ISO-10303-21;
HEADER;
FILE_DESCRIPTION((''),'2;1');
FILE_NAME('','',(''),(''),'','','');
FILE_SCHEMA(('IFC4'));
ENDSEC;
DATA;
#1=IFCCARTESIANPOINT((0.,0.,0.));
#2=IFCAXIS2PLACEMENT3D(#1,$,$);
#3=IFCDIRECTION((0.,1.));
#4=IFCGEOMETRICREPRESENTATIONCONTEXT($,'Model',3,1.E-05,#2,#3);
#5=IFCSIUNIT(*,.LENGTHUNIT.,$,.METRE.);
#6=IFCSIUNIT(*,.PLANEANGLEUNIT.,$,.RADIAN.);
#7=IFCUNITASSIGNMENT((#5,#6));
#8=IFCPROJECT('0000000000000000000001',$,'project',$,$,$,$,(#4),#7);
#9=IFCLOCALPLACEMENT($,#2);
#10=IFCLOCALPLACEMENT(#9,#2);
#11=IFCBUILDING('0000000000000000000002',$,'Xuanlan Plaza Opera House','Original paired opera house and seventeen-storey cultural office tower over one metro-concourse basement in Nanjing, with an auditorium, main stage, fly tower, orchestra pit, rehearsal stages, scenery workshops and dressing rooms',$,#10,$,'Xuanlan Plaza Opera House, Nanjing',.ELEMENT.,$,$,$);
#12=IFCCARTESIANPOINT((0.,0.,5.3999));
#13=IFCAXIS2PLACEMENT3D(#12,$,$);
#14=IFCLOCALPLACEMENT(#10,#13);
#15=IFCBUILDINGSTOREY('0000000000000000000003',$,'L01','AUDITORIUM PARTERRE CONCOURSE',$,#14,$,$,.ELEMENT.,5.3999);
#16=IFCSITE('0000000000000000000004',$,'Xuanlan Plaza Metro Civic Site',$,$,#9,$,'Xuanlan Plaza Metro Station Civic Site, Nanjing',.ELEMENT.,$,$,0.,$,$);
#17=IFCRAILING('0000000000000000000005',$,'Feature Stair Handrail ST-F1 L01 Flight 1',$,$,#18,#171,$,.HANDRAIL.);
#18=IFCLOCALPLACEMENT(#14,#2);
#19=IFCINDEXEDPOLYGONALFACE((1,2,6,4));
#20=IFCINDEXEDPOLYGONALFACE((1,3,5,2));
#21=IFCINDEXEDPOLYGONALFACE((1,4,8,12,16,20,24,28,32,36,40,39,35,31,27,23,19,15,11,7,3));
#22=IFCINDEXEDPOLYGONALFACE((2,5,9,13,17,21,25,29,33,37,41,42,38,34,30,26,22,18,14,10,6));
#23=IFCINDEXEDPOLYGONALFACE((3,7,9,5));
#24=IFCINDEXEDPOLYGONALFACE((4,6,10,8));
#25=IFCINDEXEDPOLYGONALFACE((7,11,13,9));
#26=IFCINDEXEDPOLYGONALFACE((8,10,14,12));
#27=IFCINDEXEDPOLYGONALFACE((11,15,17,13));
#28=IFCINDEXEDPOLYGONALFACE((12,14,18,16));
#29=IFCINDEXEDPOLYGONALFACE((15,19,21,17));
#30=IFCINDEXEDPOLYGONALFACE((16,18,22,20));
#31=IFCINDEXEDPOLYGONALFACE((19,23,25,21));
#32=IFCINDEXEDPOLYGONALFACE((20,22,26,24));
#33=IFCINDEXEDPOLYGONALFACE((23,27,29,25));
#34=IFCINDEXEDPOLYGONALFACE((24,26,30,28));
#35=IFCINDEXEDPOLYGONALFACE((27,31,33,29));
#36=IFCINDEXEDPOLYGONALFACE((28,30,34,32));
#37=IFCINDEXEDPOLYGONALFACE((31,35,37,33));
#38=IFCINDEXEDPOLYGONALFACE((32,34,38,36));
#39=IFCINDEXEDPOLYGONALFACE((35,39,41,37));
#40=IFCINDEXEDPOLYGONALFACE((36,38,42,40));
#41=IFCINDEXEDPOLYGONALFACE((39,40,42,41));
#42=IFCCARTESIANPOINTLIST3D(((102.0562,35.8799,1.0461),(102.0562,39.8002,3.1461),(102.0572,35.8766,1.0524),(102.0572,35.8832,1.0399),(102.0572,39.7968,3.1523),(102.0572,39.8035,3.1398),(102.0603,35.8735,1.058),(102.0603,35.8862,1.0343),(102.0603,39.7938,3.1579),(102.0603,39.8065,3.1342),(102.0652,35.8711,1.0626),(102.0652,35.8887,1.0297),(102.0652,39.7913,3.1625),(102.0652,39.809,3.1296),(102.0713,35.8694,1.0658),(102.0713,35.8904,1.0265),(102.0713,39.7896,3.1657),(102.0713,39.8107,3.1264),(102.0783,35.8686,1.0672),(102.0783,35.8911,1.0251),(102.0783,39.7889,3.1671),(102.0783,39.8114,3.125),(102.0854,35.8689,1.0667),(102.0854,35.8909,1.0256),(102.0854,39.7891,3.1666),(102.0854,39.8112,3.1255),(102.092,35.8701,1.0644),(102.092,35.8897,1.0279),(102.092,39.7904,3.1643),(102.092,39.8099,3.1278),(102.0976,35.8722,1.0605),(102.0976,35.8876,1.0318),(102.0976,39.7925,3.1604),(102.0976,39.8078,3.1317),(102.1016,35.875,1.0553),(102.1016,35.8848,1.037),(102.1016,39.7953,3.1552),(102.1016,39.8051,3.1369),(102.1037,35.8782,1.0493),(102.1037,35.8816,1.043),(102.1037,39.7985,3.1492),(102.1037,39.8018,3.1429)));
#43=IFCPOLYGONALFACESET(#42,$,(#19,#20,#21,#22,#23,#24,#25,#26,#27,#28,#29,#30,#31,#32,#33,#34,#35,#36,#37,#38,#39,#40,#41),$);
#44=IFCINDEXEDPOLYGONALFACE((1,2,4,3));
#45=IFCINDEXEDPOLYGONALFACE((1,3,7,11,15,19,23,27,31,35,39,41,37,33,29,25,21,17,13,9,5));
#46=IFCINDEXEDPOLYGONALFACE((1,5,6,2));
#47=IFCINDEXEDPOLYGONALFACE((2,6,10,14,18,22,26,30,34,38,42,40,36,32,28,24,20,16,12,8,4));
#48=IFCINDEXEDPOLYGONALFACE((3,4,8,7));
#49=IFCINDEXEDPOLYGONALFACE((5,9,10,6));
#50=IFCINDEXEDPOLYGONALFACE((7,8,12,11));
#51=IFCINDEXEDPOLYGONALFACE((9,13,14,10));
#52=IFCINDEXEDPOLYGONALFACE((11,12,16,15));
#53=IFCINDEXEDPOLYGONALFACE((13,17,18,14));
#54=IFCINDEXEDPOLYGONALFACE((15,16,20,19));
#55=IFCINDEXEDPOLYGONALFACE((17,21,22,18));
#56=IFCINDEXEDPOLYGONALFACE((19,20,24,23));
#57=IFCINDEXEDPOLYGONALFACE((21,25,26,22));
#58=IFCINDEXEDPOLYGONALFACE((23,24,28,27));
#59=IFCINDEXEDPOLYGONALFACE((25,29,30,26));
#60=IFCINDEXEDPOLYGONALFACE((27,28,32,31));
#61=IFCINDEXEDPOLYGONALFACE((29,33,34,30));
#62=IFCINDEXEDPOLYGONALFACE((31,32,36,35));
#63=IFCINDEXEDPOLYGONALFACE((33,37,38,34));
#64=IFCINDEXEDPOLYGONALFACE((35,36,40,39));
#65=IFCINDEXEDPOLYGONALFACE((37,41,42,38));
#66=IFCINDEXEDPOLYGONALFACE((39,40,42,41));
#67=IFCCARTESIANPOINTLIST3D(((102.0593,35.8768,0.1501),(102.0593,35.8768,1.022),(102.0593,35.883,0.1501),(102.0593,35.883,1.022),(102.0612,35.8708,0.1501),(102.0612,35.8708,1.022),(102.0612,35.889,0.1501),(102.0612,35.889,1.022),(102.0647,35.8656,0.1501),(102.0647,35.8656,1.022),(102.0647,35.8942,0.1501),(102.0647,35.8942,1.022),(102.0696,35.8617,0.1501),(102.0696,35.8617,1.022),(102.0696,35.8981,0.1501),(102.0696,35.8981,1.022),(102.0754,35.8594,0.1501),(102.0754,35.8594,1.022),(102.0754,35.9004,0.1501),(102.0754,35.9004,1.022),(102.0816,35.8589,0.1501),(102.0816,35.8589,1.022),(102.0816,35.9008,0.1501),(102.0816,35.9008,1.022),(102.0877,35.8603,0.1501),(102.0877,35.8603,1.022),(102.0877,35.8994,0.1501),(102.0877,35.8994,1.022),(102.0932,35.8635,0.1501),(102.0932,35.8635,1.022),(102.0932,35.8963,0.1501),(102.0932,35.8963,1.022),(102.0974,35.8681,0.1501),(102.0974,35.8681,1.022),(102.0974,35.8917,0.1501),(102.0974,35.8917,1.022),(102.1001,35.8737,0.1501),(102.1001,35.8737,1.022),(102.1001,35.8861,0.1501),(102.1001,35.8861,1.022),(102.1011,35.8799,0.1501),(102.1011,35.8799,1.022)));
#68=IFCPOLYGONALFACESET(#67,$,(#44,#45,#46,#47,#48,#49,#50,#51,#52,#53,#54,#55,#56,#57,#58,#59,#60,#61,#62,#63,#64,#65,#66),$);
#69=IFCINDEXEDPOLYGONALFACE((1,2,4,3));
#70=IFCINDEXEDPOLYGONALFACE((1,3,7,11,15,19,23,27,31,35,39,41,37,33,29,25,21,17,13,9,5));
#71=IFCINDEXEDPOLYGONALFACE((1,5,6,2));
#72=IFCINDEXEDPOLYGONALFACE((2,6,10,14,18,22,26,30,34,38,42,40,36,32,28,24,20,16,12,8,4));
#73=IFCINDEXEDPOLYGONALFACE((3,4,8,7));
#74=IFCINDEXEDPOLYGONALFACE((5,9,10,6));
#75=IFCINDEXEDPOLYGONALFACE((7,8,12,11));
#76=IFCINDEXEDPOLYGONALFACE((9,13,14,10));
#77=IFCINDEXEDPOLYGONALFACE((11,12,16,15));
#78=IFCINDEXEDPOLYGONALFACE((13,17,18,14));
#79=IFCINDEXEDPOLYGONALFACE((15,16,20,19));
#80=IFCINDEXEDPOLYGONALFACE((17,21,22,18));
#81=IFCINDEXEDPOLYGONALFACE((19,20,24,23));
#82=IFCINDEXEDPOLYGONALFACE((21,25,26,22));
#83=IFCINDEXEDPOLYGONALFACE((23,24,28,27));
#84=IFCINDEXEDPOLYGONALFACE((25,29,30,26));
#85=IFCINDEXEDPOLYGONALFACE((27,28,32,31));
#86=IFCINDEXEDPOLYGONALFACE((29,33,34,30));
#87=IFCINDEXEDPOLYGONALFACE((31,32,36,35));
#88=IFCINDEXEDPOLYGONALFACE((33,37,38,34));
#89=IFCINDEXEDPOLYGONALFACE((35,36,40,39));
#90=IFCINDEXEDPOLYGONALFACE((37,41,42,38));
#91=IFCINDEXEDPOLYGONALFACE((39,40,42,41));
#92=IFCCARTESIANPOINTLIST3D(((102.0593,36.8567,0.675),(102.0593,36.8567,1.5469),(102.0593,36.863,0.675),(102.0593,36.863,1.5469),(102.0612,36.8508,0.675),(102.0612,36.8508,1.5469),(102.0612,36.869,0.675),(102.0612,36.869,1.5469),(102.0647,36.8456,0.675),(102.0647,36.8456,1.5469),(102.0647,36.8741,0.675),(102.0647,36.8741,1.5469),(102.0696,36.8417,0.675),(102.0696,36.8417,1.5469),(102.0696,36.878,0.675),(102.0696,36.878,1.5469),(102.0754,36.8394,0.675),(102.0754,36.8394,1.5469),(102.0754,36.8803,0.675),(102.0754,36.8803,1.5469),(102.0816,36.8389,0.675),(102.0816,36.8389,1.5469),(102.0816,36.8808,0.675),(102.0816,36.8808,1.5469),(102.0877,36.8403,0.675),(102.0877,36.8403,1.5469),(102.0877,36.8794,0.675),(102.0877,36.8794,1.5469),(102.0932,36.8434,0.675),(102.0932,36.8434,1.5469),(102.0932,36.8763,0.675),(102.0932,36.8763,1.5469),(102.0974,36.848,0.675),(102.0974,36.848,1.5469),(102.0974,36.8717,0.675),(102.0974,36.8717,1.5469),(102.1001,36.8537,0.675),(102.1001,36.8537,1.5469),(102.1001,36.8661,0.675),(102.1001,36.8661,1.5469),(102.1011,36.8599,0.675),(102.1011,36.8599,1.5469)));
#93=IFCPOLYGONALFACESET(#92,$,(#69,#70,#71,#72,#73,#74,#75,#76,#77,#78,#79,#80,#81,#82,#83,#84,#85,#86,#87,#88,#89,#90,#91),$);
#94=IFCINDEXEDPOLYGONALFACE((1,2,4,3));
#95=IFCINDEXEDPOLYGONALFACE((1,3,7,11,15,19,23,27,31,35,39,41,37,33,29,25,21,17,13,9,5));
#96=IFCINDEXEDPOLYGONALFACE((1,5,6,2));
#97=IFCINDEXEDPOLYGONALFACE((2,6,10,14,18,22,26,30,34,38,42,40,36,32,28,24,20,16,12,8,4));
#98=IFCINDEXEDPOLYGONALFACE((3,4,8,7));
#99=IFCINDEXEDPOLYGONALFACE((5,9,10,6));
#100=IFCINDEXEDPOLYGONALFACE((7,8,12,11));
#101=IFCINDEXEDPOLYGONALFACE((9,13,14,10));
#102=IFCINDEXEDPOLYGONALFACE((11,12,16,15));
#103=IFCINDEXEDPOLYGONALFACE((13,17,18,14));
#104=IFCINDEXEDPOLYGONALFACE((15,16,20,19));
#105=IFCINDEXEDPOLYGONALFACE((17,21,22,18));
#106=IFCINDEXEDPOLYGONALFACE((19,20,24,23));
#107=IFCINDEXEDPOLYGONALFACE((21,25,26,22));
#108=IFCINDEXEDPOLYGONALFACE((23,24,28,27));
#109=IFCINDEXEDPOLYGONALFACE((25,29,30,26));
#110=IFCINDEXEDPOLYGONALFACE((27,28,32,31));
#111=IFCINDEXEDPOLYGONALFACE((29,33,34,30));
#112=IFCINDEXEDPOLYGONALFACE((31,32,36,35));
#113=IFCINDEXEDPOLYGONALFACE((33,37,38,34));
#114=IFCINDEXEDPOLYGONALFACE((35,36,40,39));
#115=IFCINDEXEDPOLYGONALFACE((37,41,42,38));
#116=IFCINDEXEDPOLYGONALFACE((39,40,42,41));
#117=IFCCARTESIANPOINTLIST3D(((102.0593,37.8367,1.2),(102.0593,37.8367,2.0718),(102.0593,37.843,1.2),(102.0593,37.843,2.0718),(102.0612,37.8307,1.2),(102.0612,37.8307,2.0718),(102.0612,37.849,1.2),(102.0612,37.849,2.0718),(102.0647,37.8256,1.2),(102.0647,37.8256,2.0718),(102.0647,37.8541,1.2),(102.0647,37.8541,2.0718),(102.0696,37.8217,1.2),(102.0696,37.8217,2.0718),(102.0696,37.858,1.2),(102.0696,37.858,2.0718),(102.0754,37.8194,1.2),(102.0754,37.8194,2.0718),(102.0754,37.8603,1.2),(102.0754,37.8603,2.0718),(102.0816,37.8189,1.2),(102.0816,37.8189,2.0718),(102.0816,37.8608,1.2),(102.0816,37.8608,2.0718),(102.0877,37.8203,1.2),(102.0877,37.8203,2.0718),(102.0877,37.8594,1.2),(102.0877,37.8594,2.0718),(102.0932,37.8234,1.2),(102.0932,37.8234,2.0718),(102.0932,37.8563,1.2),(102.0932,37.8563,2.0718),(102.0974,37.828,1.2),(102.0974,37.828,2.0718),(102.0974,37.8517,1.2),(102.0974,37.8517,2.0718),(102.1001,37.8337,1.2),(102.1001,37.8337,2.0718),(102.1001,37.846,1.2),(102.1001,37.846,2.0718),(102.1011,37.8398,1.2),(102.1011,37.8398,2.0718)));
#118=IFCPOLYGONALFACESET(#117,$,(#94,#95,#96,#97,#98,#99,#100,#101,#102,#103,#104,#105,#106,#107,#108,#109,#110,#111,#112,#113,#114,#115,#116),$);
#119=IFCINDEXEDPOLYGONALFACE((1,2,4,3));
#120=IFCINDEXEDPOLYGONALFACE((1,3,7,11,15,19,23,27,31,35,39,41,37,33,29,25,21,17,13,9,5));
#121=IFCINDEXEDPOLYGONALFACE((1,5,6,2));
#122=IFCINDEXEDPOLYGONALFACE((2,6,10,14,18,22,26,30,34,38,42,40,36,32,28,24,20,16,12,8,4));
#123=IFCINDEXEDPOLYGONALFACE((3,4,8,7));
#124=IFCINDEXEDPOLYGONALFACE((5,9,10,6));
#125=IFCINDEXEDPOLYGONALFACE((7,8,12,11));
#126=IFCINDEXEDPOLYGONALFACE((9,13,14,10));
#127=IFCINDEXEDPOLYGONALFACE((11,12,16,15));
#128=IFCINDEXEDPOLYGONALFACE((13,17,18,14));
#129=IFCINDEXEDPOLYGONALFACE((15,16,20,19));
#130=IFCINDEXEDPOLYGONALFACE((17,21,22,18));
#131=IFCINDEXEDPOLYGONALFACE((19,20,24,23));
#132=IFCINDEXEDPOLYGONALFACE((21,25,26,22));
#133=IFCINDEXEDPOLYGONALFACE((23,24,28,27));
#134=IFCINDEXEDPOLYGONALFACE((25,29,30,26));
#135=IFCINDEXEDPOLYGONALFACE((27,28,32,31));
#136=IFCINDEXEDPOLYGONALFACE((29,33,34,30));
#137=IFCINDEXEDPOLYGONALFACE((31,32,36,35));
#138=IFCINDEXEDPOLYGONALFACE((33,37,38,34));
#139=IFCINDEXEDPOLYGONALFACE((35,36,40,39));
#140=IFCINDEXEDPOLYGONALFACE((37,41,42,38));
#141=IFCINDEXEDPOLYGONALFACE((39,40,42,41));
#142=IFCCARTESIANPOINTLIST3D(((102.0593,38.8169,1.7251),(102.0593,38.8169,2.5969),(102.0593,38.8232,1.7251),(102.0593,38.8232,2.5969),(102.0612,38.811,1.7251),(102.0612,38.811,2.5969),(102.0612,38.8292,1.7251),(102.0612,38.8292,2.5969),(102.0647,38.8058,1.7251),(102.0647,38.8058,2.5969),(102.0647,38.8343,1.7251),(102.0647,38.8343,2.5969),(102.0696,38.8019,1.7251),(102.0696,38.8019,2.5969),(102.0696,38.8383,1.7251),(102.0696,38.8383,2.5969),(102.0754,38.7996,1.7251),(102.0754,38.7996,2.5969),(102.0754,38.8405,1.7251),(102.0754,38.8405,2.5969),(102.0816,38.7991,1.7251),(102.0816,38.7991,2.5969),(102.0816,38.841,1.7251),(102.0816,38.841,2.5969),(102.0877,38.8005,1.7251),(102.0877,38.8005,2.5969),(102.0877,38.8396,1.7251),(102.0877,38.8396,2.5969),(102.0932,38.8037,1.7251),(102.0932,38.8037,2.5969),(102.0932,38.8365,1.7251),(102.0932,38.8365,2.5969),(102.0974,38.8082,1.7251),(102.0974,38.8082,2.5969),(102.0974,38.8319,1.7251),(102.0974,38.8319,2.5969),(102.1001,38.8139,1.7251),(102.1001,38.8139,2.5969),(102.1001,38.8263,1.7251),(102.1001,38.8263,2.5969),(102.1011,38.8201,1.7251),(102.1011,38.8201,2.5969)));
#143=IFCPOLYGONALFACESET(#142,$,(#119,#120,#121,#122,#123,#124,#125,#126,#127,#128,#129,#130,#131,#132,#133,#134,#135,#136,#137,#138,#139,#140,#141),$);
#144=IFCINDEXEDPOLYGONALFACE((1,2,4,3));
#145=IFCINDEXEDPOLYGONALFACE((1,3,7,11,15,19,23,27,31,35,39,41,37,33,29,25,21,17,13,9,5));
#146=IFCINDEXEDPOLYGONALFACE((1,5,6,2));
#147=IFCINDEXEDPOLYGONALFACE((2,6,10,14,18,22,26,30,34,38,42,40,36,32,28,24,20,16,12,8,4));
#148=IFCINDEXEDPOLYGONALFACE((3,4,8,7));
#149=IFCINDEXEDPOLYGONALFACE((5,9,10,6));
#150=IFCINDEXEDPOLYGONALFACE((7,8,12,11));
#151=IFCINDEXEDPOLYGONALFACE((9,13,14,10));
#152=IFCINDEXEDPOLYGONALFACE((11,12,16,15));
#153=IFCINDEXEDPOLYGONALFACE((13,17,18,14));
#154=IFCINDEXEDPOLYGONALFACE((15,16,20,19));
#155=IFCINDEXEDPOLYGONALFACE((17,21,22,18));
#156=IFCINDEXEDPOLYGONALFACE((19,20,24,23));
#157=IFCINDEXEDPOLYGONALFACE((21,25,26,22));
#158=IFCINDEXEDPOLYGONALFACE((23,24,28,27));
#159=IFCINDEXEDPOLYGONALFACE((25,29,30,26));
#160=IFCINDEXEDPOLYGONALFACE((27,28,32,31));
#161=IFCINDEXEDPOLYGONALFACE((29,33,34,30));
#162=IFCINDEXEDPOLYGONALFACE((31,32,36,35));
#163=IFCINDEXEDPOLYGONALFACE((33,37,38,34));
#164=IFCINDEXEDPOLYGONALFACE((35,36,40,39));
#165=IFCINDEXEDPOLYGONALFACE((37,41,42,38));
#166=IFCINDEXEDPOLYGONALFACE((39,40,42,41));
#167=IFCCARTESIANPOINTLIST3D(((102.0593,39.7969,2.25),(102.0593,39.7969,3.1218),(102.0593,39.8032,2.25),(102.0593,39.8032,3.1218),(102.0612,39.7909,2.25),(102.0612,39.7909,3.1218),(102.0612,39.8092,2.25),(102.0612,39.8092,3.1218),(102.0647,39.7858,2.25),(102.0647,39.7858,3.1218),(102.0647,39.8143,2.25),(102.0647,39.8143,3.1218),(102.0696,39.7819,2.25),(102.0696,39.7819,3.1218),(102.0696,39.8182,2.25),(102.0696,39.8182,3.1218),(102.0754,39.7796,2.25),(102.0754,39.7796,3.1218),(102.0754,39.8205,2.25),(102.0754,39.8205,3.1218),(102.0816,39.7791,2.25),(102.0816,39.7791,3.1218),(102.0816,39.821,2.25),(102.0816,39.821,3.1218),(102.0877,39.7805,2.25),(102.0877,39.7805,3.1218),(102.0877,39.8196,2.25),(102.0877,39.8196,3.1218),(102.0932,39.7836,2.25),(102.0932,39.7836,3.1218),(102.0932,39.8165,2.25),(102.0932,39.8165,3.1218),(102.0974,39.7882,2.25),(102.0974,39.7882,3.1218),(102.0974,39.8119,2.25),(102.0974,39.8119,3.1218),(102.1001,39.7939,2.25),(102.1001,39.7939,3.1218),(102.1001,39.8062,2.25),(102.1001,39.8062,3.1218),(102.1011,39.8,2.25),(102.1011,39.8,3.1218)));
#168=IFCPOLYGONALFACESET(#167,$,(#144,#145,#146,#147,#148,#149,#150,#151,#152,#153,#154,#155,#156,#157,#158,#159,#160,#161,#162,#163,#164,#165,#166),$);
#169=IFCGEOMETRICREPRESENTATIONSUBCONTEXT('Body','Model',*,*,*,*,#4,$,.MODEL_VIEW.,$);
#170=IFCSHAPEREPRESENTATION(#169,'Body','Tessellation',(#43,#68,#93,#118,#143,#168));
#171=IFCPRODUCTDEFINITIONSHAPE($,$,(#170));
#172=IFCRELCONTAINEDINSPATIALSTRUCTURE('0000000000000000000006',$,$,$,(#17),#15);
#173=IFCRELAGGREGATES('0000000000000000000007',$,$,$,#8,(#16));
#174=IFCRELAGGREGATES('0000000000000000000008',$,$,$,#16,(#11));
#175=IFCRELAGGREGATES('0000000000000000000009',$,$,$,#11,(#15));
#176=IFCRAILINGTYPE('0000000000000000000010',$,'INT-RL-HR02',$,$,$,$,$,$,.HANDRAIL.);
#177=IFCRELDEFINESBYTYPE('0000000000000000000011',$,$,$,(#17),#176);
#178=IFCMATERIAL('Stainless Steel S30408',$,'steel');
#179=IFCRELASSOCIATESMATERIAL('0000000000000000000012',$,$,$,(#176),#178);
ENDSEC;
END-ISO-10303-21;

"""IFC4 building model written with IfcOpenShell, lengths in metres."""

from ifc_helpers import new_model, si_unit, direction, frame, origin, origin_2d, place, context, subcontext, project, spatial, circle, extrude, material, type_object, element, save


model = new_model("IFC4")

# Units and contexts
model_context = context("Model", 3, precision=1e-05, world=origin(), true_north=direction((0.0, 1.0)))
body_context = subcontext(model_context, "Body", "Model", "MODEL_VIEW")
ifc_project = project(units=[si_unit("LENGTHUNIT", "METRE"), si_unit("PLANEANGLEUNIT", "RADIAN")], contexts=[model_context])

# Site, building, storey
site_placement = place(None, origin())
site = spatial("IfcSite", under=ifc_project, at=site_placement, Name="Xuanlan Plaza Metro Civic Site", LongName="Xuanlan Plaza Metro Station Civic Site, Nanjing", CompositionType="ELEMENT", RefElevation=0.0)
building_placement = place(site_placement, origin())
building = spatial("IfcBuilding", under=site, at=building_placement, Name="Xuanlan Plaza Opera House", Description="Original paired opera house and seventeen-storey cultural office tower over one metro-concourse basement in Nanjing, with an auditorium, main stage, fly tower, orchestra pit, rehearsal stages, scenery workshops and dressing rooms", LongName="Xuanlan Plaza Opera House, Nanjing", CompositionType="ELEMENT")
storey_placement = place(building_placement, frame((0.0, 0.0, 5.3999)))
storey = spatial("IfcBuildingStorey", under=building, at=storey_placement, Name="L01", Description="AUDITORIUM PARTERRE CONCOURSE", CompositionType="ELEMENT", Elevation=5.3999)

# Shared definitions
ifc_material_1 = material(Name="Stainless Steel S30408", Category="steel")

# Railing
railing_type_1 = type_object("IfcRailingType", Name="INT-RL-HR02", PredefinedType="HANDRAIL", material=ifc_material_1)
railing_1_placement = place(storey_placement, frame((102.0801, 35.8799, 0.1501)))
element("IfcRailing", 1, at=railing_1_placement, inside=storey, type_object=railing_type_1, Name="Feature Stair Handrail ST-F1 L01 Flight 1", PredefinedType="HANDRAIL", context=body_context, shape_type="SweptSolid", body=[
    extrude(circle(Radius=0.0239, at=origin_2d()), frame((0.0, 0.0, 0.896), z_axis=(0.0, 0.881502, 0.47218), x_axis=(-1.0, 0.0, 0.0)), (0.0, 0.0, 1.0), 4.4473),
    extrude(circle(Radius=0.021, at=origin_2d()), origin(), (0.0, 0.0, 1.0), 0.8718),
    extrude(circle(Radius=0.021, at=origin_2d()), frame((0.0, 0.98, 0.5249)), (0.0, 0.0, 1.0), 0.8718),
    extrude(circle(Radius=0.021, at=origin_2d()), frame((0.0, 1.96, 1.0498)), (0.0, 0.0, 1.0), 0.8718),
    extrude(circle(Radius=0.021, at=origin_2d()), frame((0.0, 2.9402, 1.575)), (0.0, 0.0, 1.0), 0.8718),
    extrude(circle(Radius=0.021, at=origin_2d()), frame((0.0, 3.9202, 2.0999)), (0.0, 0.0, 1.0), 0.8718),
])

save(model, "model.ifc")
